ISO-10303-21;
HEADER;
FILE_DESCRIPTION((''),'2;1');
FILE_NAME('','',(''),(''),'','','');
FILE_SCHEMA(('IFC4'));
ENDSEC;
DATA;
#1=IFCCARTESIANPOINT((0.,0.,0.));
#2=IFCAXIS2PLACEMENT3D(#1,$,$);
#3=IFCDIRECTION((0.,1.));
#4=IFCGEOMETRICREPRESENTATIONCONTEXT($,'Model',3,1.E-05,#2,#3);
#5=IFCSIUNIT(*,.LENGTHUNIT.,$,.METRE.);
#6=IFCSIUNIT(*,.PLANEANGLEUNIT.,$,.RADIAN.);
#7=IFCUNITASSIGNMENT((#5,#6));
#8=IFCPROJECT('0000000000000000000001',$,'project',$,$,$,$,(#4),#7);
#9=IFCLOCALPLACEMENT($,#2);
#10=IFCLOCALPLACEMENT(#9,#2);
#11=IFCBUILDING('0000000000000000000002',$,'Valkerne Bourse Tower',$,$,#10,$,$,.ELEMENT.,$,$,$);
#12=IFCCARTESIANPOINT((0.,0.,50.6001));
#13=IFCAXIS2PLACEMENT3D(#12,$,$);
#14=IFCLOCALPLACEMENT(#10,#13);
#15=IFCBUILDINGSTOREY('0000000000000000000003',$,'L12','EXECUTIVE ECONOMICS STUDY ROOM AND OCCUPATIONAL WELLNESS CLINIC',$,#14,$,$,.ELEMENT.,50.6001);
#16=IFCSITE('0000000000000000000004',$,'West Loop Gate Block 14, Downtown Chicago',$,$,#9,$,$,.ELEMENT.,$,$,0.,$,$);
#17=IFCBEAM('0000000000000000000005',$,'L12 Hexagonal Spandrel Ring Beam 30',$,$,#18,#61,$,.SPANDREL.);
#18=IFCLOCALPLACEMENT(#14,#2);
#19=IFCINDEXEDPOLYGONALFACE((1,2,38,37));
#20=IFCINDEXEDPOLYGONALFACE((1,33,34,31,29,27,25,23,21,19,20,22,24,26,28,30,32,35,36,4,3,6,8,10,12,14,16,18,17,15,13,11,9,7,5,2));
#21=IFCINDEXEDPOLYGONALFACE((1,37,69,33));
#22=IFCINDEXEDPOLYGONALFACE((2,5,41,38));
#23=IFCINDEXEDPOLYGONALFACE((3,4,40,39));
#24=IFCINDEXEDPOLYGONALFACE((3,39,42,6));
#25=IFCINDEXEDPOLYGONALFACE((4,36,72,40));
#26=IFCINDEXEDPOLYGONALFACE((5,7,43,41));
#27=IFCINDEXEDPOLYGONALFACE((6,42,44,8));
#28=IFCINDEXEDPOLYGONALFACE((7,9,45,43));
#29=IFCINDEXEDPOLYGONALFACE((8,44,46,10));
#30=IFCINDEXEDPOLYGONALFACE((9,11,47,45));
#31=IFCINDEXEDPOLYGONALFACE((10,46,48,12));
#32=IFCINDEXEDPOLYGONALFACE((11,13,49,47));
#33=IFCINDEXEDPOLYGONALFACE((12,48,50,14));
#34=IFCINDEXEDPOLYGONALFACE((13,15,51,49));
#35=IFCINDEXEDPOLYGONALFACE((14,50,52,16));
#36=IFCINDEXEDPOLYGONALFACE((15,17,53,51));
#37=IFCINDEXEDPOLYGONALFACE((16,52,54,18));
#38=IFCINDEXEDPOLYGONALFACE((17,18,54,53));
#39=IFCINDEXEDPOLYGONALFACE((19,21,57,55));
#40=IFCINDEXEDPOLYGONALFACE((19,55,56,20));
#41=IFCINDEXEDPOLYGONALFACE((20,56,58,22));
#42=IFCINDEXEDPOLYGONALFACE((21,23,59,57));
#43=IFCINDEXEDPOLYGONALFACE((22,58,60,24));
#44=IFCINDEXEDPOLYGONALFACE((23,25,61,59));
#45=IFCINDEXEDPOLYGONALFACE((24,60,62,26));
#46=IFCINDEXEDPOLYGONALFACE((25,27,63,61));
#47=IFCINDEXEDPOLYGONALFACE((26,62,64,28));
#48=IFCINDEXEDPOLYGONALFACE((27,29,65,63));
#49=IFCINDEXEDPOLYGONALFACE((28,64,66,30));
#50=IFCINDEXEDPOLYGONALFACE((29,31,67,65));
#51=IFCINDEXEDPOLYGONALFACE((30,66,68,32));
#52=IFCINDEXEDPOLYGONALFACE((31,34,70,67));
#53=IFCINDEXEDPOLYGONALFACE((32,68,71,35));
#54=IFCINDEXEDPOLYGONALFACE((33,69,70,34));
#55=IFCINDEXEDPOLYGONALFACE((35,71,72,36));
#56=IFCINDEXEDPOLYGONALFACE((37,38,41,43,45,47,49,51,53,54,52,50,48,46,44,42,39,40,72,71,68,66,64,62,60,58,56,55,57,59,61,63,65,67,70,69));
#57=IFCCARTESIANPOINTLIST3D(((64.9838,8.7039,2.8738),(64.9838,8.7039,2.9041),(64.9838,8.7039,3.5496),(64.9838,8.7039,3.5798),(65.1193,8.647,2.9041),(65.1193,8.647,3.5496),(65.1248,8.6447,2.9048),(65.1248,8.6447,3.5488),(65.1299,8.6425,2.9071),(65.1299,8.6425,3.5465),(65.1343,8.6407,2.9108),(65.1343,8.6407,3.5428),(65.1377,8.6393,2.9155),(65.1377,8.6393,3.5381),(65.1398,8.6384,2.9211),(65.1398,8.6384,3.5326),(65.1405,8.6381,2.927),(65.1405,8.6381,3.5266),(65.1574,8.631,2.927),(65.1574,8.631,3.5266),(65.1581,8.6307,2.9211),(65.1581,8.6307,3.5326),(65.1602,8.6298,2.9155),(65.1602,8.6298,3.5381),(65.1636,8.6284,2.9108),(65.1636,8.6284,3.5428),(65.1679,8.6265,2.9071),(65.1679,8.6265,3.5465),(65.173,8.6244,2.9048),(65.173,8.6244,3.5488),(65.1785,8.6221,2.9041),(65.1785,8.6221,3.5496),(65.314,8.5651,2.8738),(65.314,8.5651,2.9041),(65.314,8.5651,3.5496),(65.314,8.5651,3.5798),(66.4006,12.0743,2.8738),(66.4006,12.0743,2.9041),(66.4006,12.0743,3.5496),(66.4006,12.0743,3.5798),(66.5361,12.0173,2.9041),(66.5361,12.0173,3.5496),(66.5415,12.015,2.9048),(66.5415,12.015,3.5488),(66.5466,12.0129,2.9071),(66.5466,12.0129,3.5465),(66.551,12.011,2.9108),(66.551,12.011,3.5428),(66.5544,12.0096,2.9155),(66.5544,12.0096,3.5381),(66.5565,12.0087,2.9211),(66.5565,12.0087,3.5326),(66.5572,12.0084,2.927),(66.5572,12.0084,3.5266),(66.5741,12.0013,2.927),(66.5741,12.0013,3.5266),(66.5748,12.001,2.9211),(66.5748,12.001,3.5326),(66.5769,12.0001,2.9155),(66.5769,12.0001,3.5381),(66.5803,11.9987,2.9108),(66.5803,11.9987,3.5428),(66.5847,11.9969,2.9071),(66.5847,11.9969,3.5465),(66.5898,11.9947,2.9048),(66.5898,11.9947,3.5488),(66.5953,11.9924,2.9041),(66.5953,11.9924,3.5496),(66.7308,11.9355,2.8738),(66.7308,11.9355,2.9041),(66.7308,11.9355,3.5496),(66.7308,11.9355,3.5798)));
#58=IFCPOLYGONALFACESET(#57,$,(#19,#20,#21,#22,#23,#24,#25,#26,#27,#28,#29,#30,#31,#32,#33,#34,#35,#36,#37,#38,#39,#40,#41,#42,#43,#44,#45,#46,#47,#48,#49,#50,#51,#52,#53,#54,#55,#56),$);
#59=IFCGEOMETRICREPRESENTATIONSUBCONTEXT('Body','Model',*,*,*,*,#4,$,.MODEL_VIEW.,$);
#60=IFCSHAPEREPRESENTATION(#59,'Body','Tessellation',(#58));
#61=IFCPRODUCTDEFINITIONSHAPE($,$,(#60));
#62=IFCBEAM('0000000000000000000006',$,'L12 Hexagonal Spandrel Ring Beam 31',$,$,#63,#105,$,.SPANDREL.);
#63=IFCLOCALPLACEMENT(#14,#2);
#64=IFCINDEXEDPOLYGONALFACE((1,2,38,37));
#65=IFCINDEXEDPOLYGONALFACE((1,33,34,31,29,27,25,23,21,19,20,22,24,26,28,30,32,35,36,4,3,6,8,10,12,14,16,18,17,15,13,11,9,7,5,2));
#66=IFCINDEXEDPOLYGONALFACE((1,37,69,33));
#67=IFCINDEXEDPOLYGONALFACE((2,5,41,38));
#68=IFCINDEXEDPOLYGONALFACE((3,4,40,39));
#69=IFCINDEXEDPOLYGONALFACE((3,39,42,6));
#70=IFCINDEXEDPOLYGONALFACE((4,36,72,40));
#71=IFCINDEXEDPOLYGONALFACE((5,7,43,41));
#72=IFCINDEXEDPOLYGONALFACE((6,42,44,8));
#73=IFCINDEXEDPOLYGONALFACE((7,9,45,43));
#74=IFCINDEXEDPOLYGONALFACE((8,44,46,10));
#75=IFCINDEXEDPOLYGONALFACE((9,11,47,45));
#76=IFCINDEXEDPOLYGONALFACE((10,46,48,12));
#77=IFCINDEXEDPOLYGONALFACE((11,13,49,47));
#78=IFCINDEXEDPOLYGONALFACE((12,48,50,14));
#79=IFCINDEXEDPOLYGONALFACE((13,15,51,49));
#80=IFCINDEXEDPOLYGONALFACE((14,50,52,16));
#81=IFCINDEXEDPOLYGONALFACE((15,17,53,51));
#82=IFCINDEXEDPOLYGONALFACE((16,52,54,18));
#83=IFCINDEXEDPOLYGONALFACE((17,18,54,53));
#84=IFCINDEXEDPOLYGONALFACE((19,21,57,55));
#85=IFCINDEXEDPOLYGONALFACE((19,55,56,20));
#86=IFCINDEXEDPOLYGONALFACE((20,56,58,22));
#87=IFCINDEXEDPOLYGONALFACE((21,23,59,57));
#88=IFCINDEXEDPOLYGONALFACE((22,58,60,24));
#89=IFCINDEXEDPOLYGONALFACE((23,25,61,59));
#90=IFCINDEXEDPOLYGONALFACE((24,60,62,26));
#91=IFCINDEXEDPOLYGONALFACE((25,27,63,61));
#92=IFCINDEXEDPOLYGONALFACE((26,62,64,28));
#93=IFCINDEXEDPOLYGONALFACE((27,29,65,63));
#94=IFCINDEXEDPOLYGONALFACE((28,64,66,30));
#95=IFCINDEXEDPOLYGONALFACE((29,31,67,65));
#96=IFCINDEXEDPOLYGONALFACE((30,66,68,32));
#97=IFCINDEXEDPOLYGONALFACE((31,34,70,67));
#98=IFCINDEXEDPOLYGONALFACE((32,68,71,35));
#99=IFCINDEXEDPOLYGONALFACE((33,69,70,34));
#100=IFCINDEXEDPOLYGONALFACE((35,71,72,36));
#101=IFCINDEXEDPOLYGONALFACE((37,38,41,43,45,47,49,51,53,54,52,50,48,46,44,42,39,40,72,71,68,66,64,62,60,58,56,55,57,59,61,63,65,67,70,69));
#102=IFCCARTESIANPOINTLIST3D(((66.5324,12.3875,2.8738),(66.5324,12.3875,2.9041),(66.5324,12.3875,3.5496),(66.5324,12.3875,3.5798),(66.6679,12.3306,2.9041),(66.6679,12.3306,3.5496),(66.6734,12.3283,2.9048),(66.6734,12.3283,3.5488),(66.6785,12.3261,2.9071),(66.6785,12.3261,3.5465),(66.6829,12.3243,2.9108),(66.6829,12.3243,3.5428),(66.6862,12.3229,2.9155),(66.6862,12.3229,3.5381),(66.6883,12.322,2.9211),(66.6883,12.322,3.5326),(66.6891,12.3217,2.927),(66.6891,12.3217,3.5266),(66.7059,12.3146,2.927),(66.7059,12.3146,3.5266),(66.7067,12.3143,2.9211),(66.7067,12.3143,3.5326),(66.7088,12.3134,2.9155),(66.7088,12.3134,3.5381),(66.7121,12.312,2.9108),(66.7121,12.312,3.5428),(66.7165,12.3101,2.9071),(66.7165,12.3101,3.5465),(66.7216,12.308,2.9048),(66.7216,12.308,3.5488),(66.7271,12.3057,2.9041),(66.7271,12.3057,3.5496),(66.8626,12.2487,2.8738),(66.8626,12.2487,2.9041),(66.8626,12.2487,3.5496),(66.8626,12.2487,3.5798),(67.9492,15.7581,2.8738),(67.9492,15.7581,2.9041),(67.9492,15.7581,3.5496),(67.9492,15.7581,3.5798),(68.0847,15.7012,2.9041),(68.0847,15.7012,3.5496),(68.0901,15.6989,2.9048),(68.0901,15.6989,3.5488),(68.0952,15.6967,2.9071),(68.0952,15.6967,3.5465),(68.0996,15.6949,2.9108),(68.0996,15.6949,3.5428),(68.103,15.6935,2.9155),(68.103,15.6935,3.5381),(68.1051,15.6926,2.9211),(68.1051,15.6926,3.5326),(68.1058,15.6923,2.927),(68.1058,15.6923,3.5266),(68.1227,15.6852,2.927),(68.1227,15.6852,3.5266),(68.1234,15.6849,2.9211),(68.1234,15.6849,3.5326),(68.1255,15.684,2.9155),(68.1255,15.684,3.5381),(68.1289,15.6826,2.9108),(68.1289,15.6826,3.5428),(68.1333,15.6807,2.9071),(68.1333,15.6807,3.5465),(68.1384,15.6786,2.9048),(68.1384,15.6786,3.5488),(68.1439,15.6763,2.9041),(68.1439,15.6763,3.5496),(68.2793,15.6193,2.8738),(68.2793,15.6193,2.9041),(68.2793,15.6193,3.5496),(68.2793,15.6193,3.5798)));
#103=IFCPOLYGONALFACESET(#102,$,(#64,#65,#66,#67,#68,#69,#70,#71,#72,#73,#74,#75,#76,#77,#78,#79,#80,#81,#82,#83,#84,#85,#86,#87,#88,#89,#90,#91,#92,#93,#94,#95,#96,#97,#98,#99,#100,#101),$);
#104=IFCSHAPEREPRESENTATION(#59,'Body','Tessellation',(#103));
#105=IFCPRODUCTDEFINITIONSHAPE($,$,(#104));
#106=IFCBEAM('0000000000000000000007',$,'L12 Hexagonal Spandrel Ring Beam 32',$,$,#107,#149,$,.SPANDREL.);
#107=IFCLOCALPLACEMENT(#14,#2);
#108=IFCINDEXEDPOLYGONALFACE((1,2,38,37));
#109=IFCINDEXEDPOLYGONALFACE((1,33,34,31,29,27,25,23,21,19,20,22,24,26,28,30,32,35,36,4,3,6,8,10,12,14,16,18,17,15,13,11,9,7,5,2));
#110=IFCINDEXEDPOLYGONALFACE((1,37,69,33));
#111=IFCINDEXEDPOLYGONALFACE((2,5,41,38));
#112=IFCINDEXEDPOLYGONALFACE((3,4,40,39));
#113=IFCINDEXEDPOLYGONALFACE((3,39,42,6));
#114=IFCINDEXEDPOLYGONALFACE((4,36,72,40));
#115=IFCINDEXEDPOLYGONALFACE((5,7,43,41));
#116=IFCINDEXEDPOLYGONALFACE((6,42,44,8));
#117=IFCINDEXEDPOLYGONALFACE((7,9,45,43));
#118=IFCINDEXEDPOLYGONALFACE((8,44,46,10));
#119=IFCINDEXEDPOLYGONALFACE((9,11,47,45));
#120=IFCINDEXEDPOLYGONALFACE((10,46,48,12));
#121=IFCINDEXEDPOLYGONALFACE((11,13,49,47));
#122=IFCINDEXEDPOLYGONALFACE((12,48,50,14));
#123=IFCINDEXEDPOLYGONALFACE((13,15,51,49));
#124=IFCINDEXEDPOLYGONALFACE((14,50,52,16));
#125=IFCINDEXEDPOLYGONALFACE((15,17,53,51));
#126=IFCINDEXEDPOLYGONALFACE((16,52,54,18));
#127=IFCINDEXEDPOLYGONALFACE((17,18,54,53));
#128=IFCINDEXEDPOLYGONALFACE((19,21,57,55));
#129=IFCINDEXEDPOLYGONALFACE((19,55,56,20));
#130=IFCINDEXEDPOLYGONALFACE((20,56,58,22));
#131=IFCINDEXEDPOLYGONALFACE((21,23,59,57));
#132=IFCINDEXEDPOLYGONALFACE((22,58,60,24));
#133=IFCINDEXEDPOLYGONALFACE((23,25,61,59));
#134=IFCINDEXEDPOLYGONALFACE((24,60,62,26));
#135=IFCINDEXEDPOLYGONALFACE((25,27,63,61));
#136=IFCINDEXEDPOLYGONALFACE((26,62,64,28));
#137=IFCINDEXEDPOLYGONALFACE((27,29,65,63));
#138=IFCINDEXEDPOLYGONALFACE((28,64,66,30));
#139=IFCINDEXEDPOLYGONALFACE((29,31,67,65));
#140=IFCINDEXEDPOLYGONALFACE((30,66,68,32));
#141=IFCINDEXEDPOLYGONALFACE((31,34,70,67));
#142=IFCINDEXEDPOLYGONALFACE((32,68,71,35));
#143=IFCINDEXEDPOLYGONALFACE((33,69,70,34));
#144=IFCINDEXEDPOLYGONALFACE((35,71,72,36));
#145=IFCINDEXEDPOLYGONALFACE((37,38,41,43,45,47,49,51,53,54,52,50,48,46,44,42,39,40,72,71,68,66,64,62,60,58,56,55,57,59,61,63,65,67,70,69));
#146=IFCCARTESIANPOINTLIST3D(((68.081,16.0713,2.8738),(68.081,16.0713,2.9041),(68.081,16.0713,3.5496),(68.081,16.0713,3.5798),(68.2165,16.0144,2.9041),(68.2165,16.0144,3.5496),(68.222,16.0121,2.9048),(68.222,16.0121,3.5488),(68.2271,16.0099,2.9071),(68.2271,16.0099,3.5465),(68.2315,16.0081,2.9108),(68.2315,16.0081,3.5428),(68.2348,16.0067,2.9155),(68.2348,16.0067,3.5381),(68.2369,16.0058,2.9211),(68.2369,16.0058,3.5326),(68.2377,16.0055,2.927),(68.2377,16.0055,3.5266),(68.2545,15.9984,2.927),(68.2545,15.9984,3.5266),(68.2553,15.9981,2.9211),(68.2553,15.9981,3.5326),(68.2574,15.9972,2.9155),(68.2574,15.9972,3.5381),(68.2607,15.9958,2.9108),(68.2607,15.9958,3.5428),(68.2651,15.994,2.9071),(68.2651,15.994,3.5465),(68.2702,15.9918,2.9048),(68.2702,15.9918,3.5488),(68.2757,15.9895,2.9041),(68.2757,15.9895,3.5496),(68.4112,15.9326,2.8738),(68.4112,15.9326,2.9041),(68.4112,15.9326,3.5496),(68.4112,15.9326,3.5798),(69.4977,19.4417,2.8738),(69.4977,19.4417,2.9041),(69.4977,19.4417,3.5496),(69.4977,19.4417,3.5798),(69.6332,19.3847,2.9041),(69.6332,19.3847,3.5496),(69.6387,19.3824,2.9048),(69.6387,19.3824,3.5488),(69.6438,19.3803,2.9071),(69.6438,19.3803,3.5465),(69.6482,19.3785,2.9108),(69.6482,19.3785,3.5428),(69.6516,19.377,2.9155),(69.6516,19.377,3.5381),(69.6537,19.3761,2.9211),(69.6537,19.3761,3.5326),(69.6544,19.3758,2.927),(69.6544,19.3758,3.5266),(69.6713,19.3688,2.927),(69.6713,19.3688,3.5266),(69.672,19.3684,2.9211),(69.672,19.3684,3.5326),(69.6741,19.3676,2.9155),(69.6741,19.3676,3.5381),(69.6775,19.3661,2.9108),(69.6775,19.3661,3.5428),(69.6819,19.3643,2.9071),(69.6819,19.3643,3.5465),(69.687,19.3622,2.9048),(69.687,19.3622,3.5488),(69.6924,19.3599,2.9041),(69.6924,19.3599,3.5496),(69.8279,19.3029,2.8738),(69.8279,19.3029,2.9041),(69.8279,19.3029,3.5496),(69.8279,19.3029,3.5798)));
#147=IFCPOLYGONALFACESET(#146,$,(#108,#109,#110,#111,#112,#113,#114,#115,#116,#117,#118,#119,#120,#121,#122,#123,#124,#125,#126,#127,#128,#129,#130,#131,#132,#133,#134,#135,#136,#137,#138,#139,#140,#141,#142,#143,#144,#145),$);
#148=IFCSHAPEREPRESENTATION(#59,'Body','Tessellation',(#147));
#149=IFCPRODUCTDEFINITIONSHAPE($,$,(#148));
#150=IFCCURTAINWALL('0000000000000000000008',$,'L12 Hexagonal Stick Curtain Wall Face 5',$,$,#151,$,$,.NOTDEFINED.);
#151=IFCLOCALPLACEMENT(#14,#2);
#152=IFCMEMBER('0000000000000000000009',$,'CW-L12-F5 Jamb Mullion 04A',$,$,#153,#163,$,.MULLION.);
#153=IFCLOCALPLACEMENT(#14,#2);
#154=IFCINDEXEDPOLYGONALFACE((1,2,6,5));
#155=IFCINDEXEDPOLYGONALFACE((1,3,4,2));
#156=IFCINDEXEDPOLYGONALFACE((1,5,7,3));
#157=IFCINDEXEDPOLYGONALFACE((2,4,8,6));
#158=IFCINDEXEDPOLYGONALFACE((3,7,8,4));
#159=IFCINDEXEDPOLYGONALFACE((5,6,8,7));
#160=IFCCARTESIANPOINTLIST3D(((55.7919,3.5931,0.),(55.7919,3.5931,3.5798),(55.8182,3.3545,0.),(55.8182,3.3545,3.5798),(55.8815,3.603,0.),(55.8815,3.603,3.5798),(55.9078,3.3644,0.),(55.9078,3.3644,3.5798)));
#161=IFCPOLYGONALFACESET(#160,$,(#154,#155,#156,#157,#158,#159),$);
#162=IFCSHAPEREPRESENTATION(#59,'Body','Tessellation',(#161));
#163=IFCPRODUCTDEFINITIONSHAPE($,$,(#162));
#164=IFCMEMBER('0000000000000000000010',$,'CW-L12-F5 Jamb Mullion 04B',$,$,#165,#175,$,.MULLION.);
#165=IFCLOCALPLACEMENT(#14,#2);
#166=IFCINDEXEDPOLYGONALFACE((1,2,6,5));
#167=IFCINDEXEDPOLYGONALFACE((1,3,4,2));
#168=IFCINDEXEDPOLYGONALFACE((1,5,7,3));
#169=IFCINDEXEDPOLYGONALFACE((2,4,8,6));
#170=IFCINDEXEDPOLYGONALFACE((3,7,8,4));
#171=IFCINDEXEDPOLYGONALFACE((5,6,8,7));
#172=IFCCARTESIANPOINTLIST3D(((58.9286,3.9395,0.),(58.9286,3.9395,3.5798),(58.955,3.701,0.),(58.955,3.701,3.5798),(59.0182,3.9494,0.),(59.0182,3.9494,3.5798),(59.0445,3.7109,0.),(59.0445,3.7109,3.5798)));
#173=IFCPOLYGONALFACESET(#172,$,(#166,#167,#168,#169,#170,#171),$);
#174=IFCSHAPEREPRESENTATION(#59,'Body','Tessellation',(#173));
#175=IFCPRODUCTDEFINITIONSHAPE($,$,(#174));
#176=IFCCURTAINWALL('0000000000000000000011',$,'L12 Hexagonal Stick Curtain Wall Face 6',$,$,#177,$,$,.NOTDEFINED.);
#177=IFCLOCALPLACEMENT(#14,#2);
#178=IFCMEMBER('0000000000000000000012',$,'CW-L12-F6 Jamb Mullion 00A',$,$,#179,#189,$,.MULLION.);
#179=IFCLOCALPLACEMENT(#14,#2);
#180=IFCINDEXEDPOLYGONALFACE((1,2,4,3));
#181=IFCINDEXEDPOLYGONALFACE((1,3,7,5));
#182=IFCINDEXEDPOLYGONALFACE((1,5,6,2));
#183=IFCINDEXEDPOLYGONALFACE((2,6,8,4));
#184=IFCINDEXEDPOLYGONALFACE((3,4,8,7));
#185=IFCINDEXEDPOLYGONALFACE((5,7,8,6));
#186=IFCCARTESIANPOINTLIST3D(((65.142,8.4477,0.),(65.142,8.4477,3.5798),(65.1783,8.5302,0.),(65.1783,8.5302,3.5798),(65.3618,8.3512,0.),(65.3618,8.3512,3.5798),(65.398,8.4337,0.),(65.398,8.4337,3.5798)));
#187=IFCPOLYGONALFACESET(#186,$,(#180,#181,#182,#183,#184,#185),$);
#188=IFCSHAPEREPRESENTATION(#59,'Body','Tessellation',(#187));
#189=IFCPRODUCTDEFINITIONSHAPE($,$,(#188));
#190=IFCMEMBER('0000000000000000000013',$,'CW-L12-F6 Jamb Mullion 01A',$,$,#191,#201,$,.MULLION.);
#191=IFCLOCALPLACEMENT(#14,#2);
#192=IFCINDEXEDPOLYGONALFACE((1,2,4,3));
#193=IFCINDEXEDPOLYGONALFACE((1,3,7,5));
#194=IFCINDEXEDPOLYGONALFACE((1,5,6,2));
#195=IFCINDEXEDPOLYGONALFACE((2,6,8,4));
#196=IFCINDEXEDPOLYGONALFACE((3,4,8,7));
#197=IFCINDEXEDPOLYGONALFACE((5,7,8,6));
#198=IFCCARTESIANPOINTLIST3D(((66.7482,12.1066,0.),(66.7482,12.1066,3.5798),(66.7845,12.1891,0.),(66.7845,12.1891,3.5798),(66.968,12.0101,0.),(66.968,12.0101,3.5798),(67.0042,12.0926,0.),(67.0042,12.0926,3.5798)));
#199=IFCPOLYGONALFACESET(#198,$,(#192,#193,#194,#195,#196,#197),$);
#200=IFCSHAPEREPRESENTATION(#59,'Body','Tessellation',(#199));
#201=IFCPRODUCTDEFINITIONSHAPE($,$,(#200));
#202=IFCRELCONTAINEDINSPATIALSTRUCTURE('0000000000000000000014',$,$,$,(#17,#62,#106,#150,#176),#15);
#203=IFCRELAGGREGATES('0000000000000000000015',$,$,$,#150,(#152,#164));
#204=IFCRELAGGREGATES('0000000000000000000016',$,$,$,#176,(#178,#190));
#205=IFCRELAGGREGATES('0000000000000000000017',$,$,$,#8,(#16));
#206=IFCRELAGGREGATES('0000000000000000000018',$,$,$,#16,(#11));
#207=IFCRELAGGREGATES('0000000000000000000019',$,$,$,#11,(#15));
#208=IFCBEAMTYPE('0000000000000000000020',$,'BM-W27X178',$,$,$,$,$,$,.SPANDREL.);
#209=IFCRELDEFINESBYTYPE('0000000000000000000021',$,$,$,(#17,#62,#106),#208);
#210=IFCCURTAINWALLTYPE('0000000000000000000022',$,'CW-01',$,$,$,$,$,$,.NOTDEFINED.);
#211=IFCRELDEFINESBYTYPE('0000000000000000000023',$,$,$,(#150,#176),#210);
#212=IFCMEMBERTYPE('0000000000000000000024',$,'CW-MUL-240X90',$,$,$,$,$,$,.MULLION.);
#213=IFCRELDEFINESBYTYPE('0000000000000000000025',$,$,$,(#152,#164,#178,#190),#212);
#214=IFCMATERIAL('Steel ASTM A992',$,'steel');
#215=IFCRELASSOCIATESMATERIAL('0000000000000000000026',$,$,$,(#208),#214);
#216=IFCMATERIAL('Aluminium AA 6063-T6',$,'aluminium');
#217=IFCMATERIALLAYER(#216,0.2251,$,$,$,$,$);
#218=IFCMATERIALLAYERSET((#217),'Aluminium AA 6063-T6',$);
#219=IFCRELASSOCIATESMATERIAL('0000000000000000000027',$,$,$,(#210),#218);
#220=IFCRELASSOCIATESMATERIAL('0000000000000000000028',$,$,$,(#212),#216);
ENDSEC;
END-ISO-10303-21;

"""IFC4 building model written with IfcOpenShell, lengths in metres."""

from ifc_helpers import new_model, si_unit, direction, frame, origin, origin_2d, place, context, subcontext, project, spatial, rectangle, i_section, extrude, material, layer, layer_set, material_profile, profile_set, type_object, element, aggregate, save


model = new_model("IFC4")

# Units and contexts
model_context = context("Model", 3, precision=1e-05, world=origin(), true_north=direction((0.0, 1.0)))
body_context = subcontext(model_context, "Body", "Model", "MODEL_VIEW")
ifc_project = project(units=[si_unit("LENGTHUNIT", "METRE"), si_unit("PLANEANGLEUNIT", "RADIAN")], contexts=[model_context])

# Site, building, storey
site_placement = place(None, origin())
site = spatial("IfcSite", under=ifc_project, at=site_placement, Name="West Loop Gate Block 14, Downtown Chicago", CompositionType="ELEMENT", RefElevation=0.0)
building_placement = place(site_placement, origin())
building = spatial("IfcBuilding", under=site, at=building_placement, Name="Valkerne Bourse Tower", CompositionType="ELEMENT")
storey_placement = place(building_placement, frame((0.0, 0.0, 50.6001)))
storey = spatial("IfcBuildingStorey", under=building, at=storey_placement, Name="L12", Description="EXECUTIVE ECONOMICS STUDY ROOM AND OCCUPATIONAL WELLNESS CLINIC", CompositionType="ELEMENT", Elevation=50.6001)

# Beams
ifc_material_1 = material(Name="Steel ASTM A992", Category="steel")
ifc_material_profile_1 = material_profile(ifc_material_1, i_section(OverallWidth=0.3582, OverallDepth=0.7061, WebThickness=0.0183, FlangeThickness=0.0303, FilletRadius=0.0229, at=origin_2d()), Name="W27X178")
ifc_profile_set_1 = profile_set([ifc_material_profile_1], Name="Steel ASTM A992")
beam_type = type_object("IfcBeamType", Name="BM-W27X178", PredefinedType="SPANDREL", material=ifc_profile_set_1)
beam_1_placement = place(storey_placement, frame((65.1489, 8.6345, 3.2268), z_axis=(0.387511, 0.921865, 0.0), x_axis=(-0.921865, 0.387511, 0.0)))
element("IfcBeam", 1, at=beam_1_placement, inside=storey, type_object=beam_type, Name="L12 Hexagonal Spandrel Ring Beam 30", PredefinedType="SPANDREL", context=body_context, shape_type="SweptSolid", body=[
    extrude(i_section(OverallWidth=0.3582, OverallDepth=0.7061, WebThickness=0.0183, FlangeThickness=0.0303, FilletRadius=0.0229, at=origin_2d()), origin(), (0.0, 0.0, 1.0), 3.656),
])
beam_2_placement = place(storey_placement, frame((66.6975, 12.3181, 3.2268), z_axis=(0.387487, 0.921875, 0.0), x_axis=(-0.921875, 0.387487, 0.0)))
element("IfcBeam", 2, at=beam_2_placement, inside=storey, type_object=beam_type, Name="L12 Hexagonal Spandrel Ring Beam 31", PredefinedType="SPANDREL", context=body_context, shape_type="SweptSolid", body=[
    extrude(i_section(OverallWidth=0.3582, OverallDepth=0.7061, WebThickness=0.0183, FlangeThickness=0.0303, FilletRadius=0.0229, at=origin_2d()), origin(), (0.0, 0.0, 1.0), 3.6562),
])
beam_3_placement = place(storey_placement, frame((68.2461, 16.002, 3.2268), z_axis=(0.387511, 0.921865, 0.0), x_axis=(-0.921865, 0.387511, 0.0)))
element("IfcBeam", 3, at=beam_3_placement, inside=storey, type_object=beam_type, Name="L12 Hexagonal Spandrel Ring Beam 32", PredefinedType="SPANDREL", context=body_context, shape_type="SweptSolid", body=[
    extrude(i_section(OverallWidth=0.3582, OverallDepth=0.7061, WebThickness=0.0183, FlangeThickness=0.0303, FilletRadius=0.0229, at=origin_2d()), origin(), (0.0, 0.0, 1.0), 3.656),
])

# Curtain walls, members
ifc_material_2 = material(Name="Aluminium AA 6063-T6", Category="aluminium")
ifc_layer_1 = layer(ifc_material_2, 0.2251)
ifc_layer_set_1 = layer_set([ifc_layer_1], Name="Aluminium AA 6063-T6")
curtain_wall_type = type_object("IfcCurtainWallType", Name="CW-01", PredefinedType="NOTDEFINED", material=ifc_layer_set_1)
curtain_wall_1_placement = place(storey_placement, origin())
curtain_wall_1 = element("IfcCurtainWall", 4, at=curtain_wall_1_placement, inside=storey, type_object=curtain_wall_type, Name="L12 Hexagonal Stick Curtain Wall Face 5", PredefinedType="NOTDEFINED")
ifc_material_profile_2 = material_profile(ifc_material_2, rectangle(XDim=0.0901, YDim=0.24, at=origin_2d()), Name="CWM-90X240")
ifc_profile_set_2 = profile_set([ifc_material_profile_2], Name="Aluminium AA 6063-T6")
member_type_1 = type_object("IfcMemberType", Name="CW-MUL-240X90", PredefinedType="MULLION", material=ifc_profile_set_2)
member_1_placement = place(storey_placement, frame((55.8499, 3.4788, 0.0), z_axis=(0.0, 0.0, 1.0), x_axis=(0.993961, 0.109737, 0.0)))
member_1 = element("IfcMember", 5, at=member_1_placement, type_object=member_type_1, Name="CW-L12-F5 Jamb Mullion 04A", PredefinedType="MULLION", context=body_context, shape_type="SweptSolid", body=[
    extrude(rectangle(XDim=0.0901, YDim=0.24, at=origin_2d()), origin(), (0.0, 0.0, 1.0), 3.5798),
])
member_2_placement = place(storey_placement, frame((58.9866, 3.8252, 0.0), z_axis=(0.0, 0.0, 1.0), x_axis=(0.993961, 0.109737, 0.0)))
member_2 = element("IfcMember", 6, at=member_2_placement, type_object=member_type_1, Name="CW-L12-F5 Jamb Mullion 04B", PredefinedType="MULLION", context=body_context, shape_type="SweptSolid", body=[
    extrude(rectangle(XDim=0.0901, YDim=0.24, at=origin_2d()), origin(), (0.0, 0.0, 1.0), 3.5798),
])
curtain_wall_2_placement = place(storey_placement, origin())
curtain_wall_2 = element("IfcCurtainWall", 7, at=curtain_wall_2_placement, inside=storey, type_object=curtain_wall_type, Name="L12 Hexagonal Stick Curtain Wall Face 6", PredefinedType="NOTDEFINED")
member_3_placement = place(storey_placement, frame((65.27, 8.4407, 0.0), z_axis=(0.0, 0.0, 1.0), x_axis=(0.40195, 0.915662, 0.0)))
member_3 = element("IfcMember", 8, at=member_3_placement, type_object=member_type_1, Name="CW-L12-F6 Jamb Mullion 00A", PredefinedType="MULLION", context=body_context, shape_type="SweptSolid", body=[
    extrude(rectangle(XDim=0.0901, YDim=0.24, at=origin_2d()), origin(), (0.0, 0.0, 1.0), 3.5798),
])
member_4_placement = place(storey_placement, frame((66.8762, 12.0996, 0.0), z_axis=(0.0, 0.0, 1.0), x_axis=(0.40195, 0.915662, 0.0)))
member_4 = element("IfcMember", 9, at=member_4_placement, type_object=member_type_1, Name="CW-L12-F6 Jamb Mullion 01A", PredefinedType="MULLION", context=body_context, shape_type="SweptSolid", body=[
    extrude(rectangle(XDim=0.0901, YDim=0.24, at=origin_2d()), origin(), (0.0, 0.0, 1.0), 3.5798),
])

aggregate(curtain_wall_1, [member_1, member_2])
aggregate(curtain_wall_2, [member_3, member_4])

save(model, "model.ifc")
